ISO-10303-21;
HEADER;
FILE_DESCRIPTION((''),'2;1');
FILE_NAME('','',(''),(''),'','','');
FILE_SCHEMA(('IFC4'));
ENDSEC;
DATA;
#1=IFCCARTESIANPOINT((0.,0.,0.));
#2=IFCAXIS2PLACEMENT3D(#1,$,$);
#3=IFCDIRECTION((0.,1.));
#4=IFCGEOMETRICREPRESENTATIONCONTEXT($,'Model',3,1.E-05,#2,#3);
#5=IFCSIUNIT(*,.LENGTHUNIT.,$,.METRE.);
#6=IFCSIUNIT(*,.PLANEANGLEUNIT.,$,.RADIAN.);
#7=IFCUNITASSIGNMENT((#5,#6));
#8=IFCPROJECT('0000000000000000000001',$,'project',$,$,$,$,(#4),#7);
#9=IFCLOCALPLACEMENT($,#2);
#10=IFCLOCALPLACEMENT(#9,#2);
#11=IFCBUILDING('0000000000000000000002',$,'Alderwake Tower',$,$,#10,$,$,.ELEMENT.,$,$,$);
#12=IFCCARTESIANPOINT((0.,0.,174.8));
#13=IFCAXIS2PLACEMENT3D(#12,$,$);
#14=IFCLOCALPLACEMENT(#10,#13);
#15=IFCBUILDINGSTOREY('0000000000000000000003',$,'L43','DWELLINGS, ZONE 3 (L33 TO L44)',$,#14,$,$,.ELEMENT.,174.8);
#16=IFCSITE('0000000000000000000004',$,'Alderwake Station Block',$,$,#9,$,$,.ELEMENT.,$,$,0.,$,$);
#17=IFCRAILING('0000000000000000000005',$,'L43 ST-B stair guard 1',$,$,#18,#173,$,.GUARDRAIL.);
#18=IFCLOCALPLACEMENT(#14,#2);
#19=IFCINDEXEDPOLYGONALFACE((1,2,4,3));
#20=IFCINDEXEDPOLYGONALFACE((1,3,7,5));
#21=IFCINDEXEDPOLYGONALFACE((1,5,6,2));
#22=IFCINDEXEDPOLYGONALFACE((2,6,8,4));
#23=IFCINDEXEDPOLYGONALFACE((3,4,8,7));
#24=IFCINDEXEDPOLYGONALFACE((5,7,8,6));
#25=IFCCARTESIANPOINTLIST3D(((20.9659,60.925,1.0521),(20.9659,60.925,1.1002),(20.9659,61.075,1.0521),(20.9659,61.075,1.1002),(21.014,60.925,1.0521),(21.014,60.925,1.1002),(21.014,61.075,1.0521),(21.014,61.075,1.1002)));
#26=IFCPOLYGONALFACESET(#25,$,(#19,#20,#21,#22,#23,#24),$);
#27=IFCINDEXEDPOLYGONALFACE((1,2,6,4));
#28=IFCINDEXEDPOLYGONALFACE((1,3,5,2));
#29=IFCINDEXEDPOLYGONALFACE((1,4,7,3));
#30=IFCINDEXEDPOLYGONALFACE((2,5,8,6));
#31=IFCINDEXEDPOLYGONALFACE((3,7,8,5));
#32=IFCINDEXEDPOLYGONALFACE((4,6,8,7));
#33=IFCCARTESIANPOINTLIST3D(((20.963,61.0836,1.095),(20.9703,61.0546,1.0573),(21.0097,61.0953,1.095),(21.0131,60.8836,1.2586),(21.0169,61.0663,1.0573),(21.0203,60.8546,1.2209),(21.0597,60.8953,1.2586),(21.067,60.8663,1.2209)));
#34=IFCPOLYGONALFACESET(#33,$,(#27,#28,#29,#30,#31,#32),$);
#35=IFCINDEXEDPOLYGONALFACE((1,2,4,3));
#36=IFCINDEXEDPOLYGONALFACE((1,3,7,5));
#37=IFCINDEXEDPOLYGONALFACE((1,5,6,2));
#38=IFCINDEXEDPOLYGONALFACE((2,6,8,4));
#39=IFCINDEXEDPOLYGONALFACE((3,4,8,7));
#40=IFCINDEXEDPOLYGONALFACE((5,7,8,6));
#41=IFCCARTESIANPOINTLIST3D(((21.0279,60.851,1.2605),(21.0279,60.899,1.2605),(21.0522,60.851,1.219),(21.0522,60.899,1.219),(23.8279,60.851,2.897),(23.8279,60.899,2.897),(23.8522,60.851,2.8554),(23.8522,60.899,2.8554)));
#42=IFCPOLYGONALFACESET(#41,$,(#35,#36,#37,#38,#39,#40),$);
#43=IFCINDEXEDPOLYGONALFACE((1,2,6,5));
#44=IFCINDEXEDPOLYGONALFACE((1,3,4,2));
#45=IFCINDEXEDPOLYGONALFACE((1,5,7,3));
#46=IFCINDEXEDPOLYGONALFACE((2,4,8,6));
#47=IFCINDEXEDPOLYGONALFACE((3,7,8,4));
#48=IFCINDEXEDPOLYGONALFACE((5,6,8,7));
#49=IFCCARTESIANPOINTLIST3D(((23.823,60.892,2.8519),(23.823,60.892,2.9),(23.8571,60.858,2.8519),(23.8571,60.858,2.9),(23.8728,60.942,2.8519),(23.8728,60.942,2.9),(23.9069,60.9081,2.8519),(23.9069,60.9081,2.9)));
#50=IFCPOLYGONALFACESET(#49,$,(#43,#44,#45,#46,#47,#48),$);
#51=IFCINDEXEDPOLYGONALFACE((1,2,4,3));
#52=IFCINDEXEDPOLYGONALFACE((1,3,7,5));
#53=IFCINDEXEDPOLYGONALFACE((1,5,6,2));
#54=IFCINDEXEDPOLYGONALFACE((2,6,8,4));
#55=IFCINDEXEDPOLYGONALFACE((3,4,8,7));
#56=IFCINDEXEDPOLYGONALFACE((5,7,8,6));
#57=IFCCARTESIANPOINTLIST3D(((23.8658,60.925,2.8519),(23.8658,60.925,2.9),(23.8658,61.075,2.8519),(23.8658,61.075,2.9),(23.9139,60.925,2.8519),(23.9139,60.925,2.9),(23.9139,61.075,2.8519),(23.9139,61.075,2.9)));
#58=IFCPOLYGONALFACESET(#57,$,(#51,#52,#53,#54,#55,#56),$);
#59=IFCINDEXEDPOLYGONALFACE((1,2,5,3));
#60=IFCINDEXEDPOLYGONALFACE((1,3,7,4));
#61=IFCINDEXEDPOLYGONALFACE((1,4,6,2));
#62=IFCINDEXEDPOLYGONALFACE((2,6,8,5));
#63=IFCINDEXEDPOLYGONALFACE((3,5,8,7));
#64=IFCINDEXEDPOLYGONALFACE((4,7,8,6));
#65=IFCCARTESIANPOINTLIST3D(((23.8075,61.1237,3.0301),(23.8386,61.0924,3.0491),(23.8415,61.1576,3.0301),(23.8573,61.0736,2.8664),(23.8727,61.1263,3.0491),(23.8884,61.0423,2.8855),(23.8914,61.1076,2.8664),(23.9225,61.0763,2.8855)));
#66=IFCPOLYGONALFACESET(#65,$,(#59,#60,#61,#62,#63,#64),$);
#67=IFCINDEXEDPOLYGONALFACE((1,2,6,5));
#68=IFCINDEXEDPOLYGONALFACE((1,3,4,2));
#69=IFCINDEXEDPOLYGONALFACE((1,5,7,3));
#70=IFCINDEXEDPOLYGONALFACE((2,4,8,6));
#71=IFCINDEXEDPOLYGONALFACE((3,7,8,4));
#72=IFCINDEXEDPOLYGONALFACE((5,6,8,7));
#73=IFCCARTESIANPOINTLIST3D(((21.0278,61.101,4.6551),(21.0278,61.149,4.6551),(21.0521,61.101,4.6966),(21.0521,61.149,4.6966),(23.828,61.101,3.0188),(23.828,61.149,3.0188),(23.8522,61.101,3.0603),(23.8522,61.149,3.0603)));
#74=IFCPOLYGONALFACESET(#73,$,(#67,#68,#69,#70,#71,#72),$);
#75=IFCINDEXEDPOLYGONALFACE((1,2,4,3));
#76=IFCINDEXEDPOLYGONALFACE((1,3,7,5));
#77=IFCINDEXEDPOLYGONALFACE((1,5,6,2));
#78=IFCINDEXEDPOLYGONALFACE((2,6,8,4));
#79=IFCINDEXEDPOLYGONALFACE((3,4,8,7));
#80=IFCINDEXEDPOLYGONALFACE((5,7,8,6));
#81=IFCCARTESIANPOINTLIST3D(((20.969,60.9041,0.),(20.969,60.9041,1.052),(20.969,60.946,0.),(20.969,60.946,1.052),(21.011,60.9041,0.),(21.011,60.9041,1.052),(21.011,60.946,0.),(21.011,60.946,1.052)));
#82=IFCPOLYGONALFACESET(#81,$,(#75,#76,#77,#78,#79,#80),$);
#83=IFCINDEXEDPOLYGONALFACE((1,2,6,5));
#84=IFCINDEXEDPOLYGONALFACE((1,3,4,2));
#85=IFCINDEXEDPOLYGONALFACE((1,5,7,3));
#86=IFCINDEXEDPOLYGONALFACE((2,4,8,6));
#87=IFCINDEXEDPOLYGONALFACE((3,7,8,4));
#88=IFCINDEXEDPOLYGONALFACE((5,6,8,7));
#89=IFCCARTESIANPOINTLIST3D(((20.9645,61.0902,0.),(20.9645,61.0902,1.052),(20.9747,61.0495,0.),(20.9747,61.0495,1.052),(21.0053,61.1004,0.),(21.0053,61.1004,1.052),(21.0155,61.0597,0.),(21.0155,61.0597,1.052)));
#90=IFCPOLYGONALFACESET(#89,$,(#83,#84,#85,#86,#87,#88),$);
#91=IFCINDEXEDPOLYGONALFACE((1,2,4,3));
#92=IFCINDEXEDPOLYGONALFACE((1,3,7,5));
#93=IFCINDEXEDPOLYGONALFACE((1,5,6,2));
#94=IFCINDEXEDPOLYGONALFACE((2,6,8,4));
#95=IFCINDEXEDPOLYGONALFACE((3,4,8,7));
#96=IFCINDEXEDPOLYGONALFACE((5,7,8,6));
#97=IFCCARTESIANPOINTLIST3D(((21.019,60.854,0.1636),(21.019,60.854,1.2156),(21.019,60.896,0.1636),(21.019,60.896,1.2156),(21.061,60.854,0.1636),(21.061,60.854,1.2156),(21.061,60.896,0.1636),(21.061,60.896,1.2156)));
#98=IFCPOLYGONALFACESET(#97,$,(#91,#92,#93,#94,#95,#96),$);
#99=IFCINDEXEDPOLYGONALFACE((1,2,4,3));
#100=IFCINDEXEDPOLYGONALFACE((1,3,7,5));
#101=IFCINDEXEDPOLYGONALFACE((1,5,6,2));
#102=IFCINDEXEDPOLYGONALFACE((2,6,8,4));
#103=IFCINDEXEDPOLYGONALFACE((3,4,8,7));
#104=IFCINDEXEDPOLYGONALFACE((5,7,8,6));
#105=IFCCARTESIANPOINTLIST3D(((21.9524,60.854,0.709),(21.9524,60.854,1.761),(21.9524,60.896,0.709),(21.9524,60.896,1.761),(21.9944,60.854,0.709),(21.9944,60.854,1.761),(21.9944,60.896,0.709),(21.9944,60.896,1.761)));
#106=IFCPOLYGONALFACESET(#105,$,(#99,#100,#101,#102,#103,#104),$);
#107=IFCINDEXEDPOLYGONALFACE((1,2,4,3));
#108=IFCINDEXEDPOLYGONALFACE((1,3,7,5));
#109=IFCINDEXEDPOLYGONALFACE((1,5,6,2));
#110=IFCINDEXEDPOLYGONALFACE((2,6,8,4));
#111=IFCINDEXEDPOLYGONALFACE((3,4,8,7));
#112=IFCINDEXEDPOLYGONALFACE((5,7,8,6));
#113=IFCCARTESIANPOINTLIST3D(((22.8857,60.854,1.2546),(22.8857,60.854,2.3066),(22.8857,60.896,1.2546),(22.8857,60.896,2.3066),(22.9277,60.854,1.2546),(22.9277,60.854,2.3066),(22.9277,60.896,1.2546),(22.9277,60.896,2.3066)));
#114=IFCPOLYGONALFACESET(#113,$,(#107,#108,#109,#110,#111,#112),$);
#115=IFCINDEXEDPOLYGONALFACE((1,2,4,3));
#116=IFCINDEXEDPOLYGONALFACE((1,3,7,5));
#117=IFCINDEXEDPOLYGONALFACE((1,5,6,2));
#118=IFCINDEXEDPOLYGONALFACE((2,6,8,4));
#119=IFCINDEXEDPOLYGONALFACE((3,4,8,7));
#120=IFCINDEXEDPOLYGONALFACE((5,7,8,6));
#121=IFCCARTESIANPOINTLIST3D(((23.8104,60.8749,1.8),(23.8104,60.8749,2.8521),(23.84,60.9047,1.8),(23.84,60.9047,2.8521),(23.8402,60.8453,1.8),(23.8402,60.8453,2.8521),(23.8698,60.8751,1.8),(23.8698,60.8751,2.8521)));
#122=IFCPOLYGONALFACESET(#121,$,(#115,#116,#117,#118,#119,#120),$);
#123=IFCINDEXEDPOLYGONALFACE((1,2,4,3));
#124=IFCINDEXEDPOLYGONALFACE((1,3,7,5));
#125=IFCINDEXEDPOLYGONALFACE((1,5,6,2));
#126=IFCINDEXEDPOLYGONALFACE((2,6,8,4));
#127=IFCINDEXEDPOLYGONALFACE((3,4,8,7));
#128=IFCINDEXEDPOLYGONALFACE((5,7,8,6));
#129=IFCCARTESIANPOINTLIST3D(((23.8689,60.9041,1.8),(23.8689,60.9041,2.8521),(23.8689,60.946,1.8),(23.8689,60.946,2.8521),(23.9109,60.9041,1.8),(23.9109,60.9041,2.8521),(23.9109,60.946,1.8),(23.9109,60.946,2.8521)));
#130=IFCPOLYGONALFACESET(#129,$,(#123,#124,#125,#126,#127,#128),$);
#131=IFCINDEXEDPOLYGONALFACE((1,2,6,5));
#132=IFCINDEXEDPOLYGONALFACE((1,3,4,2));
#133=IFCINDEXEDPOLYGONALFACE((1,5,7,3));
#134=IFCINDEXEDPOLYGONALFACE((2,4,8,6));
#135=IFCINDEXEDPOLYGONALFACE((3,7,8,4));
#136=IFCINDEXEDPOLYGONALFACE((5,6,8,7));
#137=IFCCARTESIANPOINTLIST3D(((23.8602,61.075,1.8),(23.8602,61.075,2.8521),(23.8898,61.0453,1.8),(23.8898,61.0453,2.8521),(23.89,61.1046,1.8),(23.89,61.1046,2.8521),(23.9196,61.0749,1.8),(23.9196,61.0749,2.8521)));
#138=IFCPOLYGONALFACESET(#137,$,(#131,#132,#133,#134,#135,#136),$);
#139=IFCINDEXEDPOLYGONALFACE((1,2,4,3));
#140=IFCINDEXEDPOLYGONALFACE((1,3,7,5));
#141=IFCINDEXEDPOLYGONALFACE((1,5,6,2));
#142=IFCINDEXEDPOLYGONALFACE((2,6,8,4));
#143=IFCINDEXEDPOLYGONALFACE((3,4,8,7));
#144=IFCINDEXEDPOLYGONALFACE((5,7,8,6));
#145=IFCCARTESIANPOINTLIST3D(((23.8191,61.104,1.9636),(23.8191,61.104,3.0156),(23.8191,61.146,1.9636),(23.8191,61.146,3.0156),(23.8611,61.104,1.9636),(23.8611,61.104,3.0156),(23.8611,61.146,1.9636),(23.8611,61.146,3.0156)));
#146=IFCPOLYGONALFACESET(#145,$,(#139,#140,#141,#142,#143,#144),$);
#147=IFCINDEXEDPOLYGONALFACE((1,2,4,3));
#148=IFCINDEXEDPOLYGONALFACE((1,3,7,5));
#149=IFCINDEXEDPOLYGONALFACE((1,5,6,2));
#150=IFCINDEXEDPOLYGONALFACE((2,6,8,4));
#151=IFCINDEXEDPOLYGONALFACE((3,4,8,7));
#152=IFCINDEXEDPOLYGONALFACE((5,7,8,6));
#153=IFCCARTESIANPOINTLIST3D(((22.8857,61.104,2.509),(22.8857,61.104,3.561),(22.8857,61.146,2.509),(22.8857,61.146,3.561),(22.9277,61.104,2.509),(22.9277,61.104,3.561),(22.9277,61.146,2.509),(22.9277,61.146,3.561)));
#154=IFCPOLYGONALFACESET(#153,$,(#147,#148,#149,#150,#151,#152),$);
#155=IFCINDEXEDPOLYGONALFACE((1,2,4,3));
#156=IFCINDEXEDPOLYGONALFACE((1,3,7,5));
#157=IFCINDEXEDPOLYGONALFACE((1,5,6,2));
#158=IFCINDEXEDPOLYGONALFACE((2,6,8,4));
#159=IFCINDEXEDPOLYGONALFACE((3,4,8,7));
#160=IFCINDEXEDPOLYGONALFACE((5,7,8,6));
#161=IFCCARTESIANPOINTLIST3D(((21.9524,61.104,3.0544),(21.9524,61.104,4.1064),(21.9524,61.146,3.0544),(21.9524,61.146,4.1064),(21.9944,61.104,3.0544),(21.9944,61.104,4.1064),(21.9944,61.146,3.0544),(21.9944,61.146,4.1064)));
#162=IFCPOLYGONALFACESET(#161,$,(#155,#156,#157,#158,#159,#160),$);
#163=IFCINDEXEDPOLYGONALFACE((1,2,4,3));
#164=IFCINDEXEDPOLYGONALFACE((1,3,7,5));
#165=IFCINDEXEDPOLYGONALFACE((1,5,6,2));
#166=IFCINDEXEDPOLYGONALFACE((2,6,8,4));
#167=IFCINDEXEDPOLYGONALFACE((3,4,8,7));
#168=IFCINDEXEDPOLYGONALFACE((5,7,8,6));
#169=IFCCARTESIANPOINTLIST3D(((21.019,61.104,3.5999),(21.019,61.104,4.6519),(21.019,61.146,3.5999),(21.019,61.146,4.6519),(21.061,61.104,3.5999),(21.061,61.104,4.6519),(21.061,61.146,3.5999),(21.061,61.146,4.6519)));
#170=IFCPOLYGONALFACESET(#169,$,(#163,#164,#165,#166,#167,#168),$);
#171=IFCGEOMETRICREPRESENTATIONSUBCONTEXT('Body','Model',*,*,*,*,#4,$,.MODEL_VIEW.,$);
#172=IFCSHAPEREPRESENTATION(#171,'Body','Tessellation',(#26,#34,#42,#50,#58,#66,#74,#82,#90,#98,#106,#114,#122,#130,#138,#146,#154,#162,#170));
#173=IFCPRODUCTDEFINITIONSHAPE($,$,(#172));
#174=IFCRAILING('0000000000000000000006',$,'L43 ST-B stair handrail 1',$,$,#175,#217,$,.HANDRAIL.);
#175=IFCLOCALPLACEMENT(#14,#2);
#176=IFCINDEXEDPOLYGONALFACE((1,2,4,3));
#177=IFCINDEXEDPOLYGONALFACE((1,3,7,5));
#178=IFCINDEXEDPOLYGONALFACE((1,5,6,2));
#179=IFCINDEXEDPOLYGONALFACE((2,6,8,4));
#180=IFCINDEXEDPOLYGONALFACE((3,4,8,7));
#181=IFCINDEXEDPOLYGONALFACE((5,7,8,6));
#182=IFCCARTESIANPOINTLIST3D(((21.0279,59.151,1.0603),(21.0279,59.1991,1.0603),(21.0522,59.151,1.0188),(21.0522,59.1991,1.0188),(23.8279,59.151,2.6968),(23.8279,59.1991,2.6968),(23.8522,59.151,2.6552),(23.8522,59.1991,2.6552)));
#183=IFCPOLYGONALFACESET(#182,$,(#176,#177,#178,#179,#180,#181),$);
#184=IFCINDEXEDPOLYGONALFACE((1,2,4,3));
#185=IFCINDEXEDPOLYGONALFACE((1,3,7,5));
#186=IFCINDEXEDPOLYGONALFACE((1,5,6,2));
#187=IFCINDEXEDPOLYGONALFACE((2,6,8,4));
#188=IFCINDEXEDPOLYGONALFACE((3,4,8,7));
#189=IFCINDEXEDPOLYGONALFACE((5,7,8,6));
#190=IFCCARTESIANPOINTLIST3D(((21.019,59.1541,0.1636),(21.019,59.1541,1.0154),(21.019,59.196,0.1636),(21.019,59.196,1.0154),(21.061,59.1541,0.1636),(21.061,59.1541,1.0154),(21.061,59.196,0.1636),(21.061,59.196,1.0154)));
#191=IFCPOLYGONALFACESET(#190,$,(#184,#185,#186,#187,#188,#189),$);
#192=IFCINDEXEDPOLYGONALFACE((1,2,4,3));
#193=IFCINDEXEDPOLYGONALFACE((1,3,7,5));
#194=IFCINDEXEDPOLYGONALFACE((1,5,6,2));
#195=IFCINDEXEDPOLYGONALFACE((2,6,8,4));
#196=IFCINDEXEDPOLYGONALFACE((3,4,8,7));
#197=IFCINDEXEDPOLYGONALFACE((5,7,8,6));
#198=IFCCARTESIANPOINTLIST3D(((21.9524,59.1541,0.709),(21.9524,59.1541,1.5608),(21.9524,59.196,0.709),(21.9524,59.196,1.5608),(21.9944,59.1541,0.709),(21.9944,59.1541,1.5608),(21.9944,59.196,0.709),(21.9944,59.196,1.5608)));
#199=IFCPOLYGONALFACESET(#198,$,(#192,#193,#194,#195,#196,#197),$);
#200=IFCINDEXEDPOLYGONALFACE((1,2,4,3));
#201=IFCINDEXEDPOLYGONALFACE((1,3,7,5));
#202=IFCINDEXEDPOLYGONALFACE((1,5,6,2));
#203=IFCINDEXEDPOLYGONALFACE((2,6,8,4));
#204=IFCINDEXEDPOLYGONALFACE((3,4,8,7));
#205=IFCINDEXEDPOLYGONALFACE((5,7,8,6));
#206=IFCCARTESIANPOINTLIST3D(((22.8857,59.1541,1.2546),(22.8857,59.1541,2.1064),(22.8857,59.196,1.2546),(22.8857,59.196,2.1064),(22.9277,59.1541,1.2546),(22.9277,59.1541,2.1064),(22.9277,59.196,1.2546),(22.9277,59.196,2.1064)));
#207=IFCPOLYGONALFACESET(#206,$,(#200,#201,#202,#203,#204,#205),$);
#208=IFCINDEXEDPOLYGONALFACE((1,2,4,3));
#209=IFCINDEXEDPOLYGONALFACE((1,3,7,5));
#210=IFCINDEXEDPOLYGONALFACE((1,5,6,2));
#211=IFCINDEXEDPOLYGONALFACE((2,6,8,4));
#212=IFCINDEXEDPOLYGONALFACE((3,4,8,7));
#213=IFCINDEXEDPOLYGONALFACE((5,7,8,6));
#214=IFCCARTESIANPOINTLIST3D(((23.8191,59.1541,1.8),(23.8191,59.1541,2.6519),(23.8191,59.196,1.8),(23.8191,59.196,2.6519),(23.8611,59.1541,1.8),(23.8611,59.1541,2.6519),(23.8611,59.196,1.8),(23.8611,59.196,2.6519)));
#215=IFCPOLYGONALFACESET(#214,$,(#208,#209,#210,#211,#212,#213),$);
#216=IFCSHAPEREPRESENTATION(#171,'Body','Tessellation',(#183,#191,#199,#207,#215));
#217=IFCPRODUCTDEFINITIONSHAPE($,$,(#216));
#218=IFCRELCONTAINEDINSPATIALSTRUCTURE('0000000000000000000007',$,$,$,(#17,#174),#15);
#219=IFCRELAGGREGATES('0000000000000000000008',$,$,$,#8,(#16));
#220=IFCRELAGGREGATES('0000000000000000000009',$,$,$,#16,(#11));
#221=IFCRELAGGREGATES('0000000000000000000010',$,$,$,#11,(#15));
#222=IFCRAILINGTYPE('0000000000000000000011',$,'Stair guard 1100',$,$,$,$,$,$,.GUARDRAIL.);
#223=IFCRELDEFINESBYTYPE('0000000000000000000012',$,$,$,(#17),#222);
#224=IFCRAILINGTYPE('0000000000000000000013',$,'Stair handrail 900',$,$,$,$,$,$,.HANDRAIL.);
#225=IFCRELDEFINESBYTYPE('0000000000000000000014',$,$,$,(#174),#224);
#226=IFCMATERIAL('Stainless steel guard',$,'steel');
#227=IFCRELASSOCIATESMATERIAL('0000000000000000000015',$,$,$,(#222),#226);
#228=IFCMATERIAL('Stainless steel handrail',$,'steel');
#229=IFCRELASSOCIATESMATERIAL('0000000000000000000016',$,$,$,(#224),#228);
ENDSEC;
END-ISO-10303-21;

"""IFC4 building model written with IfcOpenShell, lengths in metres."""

from ifc_helpers import new_model, si_unit, direction, frame, origin, origin_with_axes, origin_2d, place, context, subcontext, project, spatial, rectangle, extrude, material, type_object, element, save


model = new_model("IFC4")

# Units and contexts
model_context = context("Model", 3, precision=1e-05, world=origin(), true_north=direction((0.0, 1.0)))
body_context = subcontext(model_context, "Body", "Model", "MODEL_VIEW")
ifc_project = project(units=[si_unit("LENGTHUNIT", "METRE"), si_unit("PLANEANGLEUNIT", "RADIAN")], contexts=[model_context])

# Site, building, storey
site_placement = place(None, origin())
site = spatial("IfcSite", under=ifc_project, at=site_placement, Name="Alderwake Station Block", CompositionType="ELEMENT", RefElevation=0.0)
building_placement = place(site_placement, origin())
building = spatial("IfcBuilding", under=site, at=building_placement, Name="Alderwake Tower", CompositionType="ELEMENT")
storey_placement = place(building_placement, frame((0.0, 0.0, 174.8)))
storey = spatial("IfcBuildingStorey", under=building, at=storey_placement, Name="L43", Description="DWELLINGS, ZONE 3 (L33 TO L44)", CompositionType="ELEMENT", Elevation=174.8)

# Railings
ifc_material_1 = material(Name="Stainless steel guard", Category="steel")
railing_type_1 = type_object("IfcRailingType", Name="Stair guard 1100", PredefinedType="GUARDRAIL", material=ifc_material_1)
railing_1_placement = place(storey_placement, frame((20.99, 60.925, 0.0)))
element("IfcRailing", 1, at=railing_1_placement, inside=storey, type_object=railing_type_1, Name="L43 ST-B stair guard 1", PredefinedType="GUARDRAIL", context=body_context, shape_type="SweptSolid", body=[
    extrude(rectangle(XDim=0.0481, YDim=0.0481, at=origin_2d()), frame((0.0, 0.0, 1.0762), z_axis=(0.0, 1.0, 0.0), x_axis=(-1.0, 0.0, 0.0)), (0.0, 0.0, 1.0), 0.1499),
    extrude(rectangle(XDim=0.0481, YDim=0.0481, at=origin_2d()), frame((0.0, 0.1499, 1.0762), z_axis=(0.1902, -0.75987, 0.621628), x_axis=(0.970073, 0.242814, 0.0)), (0.0, 0.0, 1.0), 0.2632),
    extrude(rectangle(XDim=0.0481, YDim=0.0481, at=origin_2d()), frame((0.05, -0.05, 1.2397), z_axis=(0.863361, 0.0, 0.504587), x_axis=(0.0, 1.0, 0.0)), (0.0, 0.0, 1.0), 3.2432),
    extrude(rectangle(XDim=0.0481, YDim=0.0481, at=origin_2d()), frame((2.8501, -0.05, 2.876), z_axis=(0.705376, 0.708834, 0.0), x_axis=(-0.708834, 0.705376, 0.0)), (0.0, 0.0, 1.0), 0.0706),
    extrude(rectangle(XDim=0.0481, YDim=0.0481, at=origin_2d()), frame((2.8999, 0.0, 2.876), z_axis=(0.0, 1.0, 0.0), x_axis=(-1.0, 0.0, 0.0)), (0.0, 0.0, 1.0), 0.1499),
    extrude(rectangle(XDim=0.0481, YDim=0.0481, at=origin_2d()), frame((2.8999, 0.1499, 2.876), z_axis=(-0.279546, 0.280917, 0.918118), x_axis=(-0.708834, -0.705376, 0.0)), (0.0, 0.0, 1.0), 0.1782),
    extrude(rectangle(XDim=0.0481, YDim=0.0481, at=origin_2d()), frame((2.8501, 0.2, 3.0396), z_axis=(-0.863394, 0.0, 0.504531), x_axis=(0.0, -1.0, 0.0)), (0.0, 0.0, 1.0), 3.2432),
    extrude(rectangle(XDim=0.042, YDim=0.042, at=origin_2d()), frame((0.0, 0.0, 0.0), z_axis=(0.0, 0.0, 1.0), x_axis=(0.0, 1.0, 0.0)), (0.0, 0.0, 1.0), 1.052),
    extrude(rectangle(XDim=0.042, YDim=0.042, at=origin_2d()), frame((0.0, 0.1499, 0.0), z_axis=(0.0, 0.0, 1.0), x_axis=(0.242814, -0.970073, 0.0)), (0.0, 0.0, 1.0), 1.052),
    extrude(rectangle(XDim=0.042, YDim=0.042, at=origin_2d()), frame((0.05, -0.05, 0.1636), z_axis=(0.0, 0.0, 1.0), x_axis=(1.0, 0.0, 0.0)), (0.0, 0.0, 1.0), 1.052),
    extrude(rectangle(XDim=0.042, YDim=0.042, at=origin_2d()), frame((0.9834, -0.05, 0.709), z_axis=(0.0, 0.0, 1.0), x_axis=(1.0, 0.0, 0.0)), (0.0, 0.0, 1.0), 1.052),
    extrude(rectangle(XDim=0.042, YDim=0.042, at=origin_2d()), frame((1.9167, -0.05, 1.2546), z_axis=(0.0, 0.0, 1.0), x_axis=(1.0, 0.0, 0.0)), (0.0, 0.0, 1.0), 1.052),
    extrude(rectangle(XDim=0.042, YDim=0.042, at=origin_2d()), frame((2.8501, -0.05, 1.8), z_axis=(0.0, 0.0, 1.0), x_axis=(0.705376, 0.708834, 0.0)), (0.0, 0.0, 1.0), 1.052),
    extrude(rectangle(XDim=0.042, YDim=0.042, at=origin_2d()), frame((2.8999, 0.0, 1.8), z_axis=(0.0, 0.0, 1.0), x_axis=(0.0, 1.0, 0.0)), (0.0, 0.0, 1.0), 1.052),
    extrude(rectangle(XDim=0.042, YDim=0.042, at=origin_2d()), frame((2.8999, 0.1499, 1.8), z_axis=(0.0, 0.0, 1.0), x_axis=(-0.705376, 0.708834, 0.0)), (0.0, 0.0, 1.0), 1.052),
    extrude(rectangle(XDim=0.042, YDim=0.042, at=origin_2d()), frame((2.8501, 0.2, 1.9636), z_axis=(0.0, 0.0, 1.0), x_axis=(-1.0, 0.0, 0.0)), (0.0, 0.0, 1.0), 1.052),
    extrude(rectangle(XDim=0.042, YDim=0.042, at=origin_2d()), frame((1.9167, 0.2, 2.509), z_axis=(0.0, 0.0, 1.0), x_axis=(-1.0, 0.0, 0.0)), (0.0, 0.0, 1.0), 1.052),
    extrude(rectangle(XDim=0.042, YDim=0.042, at=origin_2d()), frame((0.9834, 0.2, 3.0544), z_axis=(0.0, 0.0, 1.0), x_axis=(-1.0, 0.0, 0.0)), (0.0, 0.0, 1.0), 1.052),
    extrude(rectangle(XDim=0.042, YDim=0.042, at=origin_2d()), frame((0.05, 0.2, 3.5999), z_axis=(0.0, 0.0, 1.0), x_axis=(-1.0, 0.0, 0.0)), (0.0, 0.0, 1.0), 1.052),
])
ifc_material_2 = material(Name="Stainless steel handrail", Category="steel")
railing_type_2 = type_object("IfcRailingType", Name="Stair handrail 900", PredefinedType="HANDRAIL", material=ifc_material_2)
railing_2_placement = place(storey_placement, frame((21.04, 59.175, 0.1636)))
element("IfcRailing", 2, at=railing_2_placement, inside=storey, type_object=railing_type_2, Name="L43 ST-B stair handrail 1", PredefinedType="HANDRAIL", context=body_context, shape_type="SweptSolid", body=[
    extrude(rectangle(XDim=0.0481, YDim=0.0481, at=origin_2d()), frame((0.0, 0.0, 0.876), z_axis=(0.863361, 0.0, 0.504587), x_axis=(0.0, 1.0, 0.0)), (0.0, 0.0, 1.0), 3.2432),
    extrude(rectangle(XDim=0.042, YDim=0.042, at=origin_2d()), origin_with_axes(), (0.0, 0.0, 1.0), 0.8518),
    extrude(rectangle(XDim=0.042, YDim=0.042, at=origin_2d()), frame((0.9333, 0.0, 0.5454), z_axis=(0.0, 0.0, 1.0), x_axis=(1.0, 0.0, 0.0)), (0.0, 0.0, 1.0), 0.8518),
    extrude(rectangle(XDim=0.042, YDim=0.042, at=origin_2d()), frame((1.8667, 0.0, 1.0911), z_axis=(0.0, 0.0, 1.0), x_axis=(1.0, 0.0, 0.0)), (0.0, 0.0, 1.0), 0.8518),
    extrude(rectangle(XDim=0.042, YDim=0.042, at=origin_2d()), frame((2.8, 0.0, 1.6365), z_axis=(0.0, 0.0, 1.0), x_axis=(1.0, 0.0, 0.0)), (0.0, 0.0, 1.0), 0.8518),
])

save(model, "model.ifc")
